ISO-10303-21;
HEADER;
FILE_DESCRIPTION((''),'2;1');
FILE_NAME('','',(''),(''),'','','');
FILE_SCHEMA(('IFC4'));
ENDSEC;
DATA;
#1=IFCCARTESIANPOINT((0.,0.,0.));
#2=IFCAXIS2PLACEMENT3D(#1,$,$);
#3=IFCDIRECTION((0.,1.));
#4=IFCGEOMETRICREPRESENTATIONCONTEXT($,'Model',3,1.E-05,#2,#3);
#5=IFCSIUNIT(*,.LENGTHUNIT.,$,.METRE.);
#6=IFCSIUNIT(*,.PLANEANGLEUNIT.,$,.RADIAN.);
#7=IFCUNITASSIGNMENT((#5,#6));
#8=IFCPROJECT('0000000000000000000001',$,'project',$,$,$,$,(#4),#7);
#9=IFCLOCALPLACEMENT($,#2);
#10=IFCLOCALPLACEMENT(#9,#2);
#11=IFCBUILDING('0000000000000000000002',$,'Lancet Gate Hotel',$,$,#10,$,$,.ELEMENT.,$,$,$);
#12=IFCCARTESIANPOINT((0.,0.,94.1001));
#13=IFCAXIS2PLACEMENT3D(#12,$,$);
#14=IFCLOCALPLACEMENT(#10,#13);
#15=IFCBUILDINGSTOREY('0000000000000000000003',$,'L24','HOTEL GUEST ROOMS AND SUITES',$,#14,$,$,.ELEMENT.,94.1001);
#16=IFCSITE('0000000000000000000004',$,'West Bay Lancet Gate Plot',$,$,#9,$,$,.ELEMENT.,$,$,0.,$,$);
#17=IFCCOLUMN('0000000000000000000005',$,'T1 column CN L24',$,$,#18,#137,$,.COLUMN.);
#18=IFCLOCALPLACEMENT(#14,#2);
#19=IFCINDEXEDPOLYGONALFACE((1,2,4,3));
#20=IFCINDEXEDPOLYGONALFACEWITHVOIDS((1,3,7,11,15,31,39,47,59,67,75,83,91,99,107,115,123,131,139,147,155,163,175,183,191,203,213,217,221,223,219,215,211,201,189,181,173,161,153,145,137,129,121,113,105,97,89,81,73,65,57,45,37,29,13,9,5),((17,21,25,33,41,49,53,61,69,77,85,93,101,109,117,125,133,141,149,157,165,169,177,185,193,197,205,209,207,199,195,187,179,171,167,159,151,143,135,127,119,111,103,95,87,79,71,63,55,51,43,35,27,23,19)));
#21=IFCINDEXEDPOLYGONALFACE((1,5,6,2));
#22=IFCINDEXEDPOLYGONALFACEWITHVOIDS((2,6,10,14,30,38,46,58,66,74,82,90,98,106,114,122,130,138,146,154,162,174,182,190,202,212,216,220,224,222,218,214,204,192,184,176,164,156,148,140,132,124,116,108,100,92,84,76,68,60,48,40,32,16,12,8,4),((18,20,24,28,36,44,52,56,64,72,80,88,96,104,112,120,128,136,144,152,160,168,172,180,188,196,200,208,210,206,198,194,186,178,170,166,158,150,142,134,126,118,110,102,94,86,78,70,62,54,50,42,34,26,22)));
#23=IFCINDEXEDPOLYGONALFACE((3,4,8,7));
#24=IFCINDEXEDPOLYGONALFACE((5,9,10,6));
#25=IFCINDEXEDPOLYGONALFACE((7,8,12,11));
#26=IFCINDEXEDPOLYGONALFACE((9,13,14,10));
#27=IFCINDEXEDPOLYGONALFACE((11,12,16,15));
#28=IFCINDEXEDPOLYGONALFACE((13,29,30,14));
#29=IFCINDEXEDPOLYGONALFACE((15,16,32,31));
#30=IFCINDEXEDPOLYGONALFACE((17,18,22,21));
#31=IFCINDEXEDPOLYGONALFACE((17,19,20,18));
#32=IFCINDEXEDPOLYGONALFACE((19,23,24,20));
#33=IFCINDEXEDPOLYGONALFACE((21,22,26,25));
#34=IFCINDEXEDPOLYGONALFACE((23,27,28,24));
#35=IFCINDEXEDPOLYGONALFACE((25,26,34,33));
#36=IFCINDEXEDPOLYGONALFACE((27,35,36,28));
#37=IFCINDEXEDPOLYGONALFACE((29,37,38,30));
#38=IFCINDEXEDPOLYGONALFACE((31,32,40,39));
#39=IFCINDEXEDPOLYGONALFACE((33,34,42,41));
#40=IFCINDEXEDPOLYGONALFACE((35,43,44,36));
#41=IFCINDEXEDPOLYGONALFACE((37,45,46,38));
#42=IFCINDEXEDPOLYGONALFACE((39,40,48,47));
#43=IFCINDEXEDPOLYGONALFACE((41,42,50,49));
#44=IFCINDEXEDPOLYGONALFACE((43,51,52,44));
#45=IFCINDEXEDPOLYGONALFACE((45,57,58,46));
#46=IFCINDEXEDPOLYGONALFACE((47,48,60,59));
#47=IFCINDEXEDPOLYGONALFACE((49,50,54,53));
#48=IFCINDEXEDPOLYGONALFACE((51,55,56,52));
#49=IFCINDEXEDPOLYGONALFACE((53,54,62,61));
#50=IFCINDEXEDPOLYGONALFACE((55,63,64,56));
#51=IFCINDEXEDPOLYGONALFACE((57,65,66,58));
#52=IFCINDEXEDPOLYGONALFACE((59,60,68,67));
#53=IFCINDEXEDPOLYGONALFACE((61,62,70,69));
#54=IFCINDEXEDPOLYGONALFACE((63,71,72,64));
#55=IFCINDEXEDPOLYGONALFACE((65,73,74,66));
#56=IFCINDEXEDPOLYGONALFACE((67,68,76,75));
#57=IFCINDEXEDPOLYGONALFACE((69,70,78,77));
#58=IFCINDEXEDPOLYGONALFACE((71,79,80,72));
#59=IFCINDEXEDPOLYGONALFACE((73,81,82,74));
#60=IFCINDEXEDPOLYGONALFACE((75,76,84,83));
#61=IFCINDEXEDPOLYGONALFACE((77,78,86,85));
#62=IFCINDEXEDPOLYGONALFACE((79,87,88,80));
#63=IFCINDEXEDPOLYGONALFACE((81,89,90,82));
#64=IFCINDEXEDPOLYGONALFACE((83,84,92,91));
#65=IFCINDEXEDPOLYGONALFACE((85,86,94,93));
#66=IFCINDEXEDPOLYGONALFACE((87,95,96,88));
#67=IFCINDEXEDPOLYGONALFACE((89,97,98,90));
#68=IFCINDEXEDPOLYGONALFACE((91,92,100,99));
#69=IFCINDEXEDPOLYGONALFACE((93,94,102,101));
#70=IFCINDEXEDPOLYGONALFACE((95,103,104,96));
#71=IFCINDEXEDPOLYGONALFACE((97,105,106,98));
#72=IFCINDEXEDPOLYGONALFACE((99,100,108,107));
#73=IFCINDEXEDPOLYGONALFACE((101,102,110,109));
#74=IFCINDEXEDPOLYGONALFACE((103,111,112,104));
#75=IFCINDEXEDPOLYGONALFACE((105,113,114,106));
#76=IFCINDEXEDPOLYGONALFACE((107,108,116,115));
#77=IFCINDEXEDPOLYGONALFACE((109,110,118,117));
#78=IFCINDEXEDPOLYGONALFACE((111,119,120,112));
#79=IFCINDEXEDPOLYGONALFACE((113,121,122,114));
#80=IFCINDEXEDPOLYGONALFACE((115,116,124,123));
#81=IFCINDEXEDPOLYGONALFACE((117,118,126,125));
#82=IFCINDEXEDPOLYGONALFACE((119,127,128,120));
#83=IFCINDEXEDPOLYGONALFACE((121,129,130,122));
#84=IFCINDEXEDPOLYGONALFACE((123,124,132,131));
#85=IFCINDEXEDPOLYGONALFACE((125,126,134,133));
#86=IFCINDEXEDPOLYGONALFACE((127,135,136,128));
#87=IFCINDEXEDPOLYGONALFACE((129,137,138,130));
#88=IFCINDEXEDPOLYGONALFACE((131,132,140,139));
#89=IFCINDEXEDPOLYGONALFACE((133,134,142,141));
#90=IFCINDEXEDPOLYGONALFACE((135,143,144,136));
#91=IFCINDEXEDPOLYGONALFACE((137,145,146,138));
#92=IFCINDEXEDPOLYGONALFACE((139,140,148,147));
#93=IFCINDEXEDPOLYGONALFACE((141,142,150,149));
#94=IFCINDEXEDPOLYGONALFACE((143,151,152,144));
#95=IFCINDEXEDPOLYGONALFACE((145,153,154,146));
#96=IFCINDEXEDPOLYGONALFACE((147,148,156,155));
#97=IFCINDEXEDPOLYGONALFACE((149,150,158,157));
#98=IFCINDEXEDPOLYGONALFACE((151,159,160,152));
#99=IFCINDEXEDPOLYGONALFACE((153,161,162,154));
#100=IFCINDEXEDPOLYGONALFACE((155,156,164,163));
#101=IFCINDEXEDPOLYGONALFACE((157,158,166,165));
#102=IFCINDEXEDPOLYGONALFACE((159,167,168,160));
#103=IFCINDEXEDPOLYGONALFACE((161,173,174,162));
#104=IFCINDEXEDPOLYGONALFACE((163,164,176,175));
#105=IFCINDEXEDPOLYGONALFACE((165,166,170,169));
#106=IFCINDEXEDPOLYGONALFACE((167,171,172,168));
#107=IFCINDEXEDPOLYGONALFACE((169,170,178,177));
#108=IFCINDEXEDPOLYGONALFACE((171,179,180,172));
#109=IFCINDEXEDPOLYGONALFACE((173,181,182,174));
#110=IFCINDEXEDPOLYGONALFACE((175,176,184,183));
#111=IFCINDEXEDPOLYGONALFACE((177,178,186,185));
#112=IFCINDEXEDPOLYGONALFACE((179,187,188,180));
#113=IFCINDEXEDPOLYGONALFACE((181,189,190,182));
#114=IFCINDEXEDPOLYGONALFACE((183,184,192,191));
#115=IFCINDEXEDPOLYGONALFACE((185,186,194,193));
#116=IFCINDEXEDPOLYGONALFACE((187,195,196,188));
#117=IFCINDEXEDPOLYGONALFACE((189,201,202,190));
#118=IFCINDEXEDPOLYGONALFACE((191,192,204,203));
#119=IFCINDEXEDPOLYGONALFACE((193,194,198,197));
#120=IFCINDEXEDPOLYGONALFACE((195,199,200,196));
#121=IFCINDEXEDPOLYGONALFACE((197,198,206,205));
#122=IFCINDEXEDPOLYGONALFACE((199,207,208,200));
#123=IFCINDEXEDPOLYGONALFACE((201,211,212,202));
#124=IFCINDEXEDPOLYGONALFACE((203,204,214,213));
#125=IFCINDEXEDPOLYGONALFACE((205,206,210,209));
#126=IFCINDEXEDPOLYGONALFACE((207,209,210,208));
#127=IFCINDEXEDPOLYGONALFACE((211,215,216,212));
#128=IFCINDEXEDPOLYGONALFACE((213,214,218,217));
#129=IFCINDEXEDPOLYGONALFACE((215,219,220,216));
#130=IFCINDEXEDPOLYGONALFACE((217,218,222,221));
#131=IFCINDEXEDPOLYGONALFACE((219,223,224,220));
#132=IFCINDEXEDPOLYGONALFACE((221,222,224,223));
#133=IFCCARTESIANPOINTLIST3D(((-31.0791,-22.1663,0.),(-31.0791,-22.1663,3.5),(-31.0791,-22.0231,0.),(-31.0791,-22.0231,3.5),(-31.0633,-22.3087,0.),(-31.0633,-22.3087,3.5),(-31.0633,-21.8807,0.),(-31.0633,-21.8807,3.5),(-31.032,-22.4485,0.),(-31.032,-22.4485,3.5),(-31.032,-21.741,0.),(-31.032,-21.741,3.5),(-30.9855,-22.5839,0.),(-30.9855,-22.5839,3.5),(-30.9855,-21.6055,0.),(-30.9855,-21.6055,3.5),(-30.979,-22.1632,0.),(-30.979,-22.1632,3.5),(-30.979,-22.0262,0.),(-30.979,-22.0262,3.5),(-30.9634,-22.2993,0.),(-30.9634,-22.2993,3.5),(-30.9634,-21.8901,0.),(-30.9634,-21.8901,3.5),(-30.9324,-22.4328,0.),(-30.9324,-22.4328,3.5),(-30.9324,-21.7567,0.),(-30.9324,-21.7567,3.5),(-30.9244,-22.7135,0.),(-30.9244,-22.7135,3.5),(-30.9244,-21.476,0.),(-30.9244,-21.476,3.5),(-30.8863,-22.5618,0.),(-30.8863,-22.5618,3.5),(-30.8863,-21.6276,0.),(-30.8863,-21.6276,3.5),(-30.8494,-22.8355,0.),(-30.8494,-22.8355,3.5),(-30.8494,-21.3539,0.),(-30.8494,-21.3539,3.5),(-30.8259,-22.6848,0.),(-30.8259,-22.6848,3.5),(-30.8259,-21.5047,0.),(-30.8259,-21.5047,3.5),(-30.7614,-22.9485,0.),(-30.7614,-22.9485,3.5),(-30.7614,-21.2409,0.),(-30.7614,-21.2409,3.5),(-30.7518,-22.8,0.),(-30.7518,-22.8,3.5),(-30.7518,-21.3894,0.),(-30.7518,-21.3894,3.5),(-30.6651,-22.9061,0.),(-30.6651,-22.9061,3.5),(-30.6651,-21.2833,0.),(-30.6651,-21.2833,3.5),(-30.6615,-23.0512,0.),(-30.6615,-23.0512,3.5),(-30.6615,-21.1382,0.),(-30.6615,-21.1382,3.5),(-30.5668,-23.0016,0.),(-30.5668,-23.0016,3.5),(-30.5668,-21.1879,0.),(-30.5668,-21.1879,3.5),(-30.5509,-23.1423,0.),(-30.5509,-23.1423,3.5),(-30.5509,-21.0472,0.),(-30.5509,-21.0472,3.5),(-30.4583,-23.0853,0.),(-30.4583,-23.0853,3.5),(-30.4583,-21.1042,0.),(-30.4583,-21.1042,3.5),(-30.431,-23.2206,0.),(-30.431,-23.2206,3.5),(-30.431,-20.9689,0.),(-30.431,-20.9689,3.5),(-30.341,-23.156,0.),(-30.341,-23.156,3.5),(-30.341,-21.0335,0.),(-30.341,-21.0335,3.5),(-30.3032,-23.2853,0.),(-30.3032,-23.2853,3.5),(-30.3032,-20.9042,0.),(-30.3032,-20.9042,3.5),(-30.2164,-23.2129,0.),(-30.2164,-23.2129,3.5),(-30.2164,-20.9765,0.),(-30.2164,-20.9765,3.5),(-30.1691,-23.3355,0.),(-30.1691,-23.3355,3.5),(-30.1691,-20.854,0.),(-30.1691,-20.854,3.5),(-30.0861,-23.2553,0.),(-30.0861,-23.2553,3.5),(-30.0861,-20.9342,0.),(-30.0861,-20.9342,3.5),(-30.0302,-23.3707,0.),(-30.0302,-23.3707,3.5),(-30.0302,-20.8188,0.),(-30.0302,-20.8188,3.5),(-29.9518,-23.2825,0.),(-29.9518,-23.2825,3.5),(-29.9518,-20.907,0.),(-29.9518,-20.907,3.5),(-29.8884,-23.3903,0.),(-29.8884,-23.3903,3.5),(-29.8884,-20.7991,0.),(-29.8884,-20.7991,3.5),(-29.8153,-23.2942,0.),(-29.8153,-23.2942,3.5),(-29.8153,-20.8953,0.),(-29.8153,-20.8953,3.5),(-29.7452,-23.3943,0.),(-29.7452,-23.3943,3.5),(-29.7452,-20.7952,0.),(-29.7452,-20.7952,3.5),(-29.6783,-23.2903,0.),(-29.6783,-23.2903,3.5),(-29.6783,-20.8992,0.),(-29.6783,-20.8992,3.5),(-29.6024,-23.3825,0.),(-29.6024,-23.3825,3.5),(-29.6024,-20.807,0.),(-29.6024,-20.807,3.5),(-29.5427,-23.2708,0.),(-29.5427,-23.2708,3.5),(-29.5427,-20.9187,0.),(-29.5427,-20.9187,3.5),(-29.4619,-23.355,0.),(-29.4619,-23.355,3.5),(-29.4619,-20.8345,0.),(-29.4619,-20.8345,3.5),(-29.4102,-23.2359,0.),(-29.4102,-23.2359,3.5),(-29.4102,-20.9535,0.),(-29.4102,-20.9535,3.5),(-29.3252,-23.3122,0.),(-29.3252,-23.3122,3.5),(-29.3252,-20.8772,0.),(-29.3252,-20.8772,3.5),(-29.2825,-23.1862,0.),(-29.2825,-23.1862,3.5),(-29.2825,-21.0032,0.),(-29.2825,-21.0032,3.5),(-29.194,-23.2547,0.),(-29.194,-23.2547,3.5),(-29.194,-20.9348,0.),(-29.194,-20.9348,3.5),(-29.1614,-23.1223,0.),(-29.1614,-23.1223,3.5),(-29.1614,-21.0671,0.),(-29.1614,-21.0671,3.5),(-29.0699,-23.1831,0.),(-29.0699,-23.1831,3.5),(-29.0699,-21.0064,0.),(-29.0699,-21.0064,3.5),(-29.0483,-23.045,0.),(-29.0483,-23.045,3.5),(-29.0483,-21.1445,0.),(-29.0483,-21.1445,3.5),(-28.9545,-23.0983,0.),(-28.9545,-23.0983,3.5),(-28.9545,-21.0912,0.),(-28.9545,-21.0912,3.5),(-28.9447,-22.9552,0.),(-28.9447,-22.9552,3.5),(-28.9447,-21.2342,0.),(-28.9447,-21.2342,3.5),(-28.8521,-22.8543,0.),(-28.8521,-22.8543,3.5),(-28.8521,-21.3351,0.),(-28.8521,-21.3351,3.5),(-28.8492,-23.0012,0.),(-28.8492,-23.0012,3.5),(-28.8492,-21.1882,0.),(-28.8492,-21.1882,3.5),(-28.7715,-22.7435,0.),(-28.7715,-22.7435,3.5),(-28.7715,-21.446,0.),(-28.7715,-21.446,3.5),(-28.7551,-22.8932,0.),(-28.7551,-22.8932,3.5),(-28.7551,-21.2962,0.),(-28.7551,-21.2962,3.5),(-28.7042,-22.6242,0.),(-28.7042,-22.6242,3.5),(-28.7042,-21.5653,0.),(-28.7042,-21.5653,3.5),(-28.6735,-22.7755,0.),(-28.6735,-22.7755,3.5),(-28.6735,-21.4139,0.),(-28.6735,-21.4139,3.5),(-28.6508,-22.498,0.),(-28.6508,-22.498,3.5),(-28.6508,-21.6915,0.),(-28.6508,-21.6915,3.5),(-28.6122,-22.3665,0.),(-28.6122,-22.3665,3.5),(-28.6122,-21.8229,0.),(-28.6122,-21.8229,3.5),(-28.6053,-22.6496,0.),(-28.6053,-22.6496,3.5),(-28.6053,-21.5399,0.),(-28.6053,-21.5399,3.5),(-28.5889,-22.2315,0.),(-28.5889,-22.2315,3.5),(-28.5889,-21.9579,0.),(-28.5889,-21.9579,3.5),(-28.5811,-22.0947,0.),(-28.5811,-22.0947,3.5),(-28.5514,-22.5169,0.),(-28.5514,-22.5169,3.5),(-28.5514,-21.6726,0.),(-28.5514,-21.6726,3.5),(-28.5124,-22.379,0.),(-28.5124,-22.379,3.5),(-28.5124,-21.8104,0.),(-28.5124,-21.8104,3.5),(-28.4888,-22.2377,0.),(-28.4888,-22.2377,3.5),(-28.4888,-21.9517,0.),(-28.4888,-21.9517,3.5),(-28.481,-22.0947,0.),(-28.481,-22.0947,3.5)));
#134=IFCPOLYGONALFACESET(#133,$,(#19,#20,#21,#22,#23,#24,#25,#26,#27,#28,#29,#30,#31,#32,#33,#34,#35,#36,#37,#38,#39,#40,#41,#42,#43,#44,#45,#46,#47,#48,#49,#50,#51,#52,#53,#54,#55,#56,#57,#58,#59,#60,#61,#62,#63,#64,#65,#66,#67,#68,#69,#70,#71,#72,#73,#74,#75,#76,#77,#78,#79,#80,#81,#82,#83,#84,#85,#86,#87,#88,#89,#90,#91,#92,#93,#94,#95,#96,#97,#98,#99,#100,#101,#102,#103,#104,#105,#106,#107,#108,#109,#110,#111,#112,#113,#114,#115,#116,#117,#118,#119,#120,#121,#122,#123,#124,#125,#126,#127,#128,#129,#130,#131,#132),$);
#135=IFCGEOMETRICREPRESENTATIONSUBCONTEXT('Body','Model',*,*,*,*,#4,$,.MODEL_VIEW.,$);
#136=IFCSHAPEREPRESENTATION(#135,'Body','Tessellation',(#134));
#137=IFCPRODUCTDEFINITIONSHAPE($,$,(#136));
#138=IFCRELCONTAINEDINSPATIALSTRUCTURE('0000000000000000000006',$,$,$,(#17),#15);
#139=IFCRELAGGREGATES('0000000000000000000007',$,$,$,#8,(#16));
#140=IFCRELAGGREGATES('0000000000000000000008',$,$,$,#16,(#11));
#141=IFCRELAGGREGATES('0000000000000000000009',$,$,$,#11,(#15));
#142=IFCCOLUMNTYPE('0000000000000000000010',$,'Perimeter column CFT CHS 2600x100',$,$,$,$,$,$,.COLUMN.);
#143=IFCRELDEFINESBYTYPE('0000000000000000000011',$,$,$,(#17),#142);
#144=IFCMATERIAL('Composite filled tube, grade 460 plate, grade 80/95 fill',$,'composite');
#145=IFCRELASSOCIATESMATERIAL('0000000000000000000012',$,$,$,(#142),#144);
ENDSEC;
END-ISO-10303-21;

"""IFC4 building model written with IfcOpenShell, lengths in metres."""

from ifc_helpers import new_model, si_unit, direction, frame, origin, origin_2d, place, context, subcontext, project, spatial, hollow_circle, extrude, material, material_profile, profile_set, type_object, element, save


model = new_model("IFC4")

# Units and contexts
model_context = context("Model", 3, precision=1e-05, world=origin(), true_north=direction((0.0, 1.0)))
body_context = subcontext(model_context, "Body", "Model", "MODEL_VIEW")
ifc_project = project(units=[si_unit("LENGTHUNIT", "METRE"), si_unit("PLANEANGLEUNIT", "RADIAN")], contexts=[model_context])

# Site, building, storey
site_placement = place(None, origin())
site = spatial("IfcSite", under=ifc_project, at=site_placement, Name="West Bay Lancet Gate Plot", CompositionType="ELEMENT", RefElevation=0.0)
building_placement = place(site_placement, origin())
building = spatial("IfcBuilding", under=site, at=building_placement, Name="Lancet Gate Hotel", CompositionType="ELEMENT")
storey_placement = place(building_placement, frame((0.0, 0.0, 94.1001)))
storey = spatial("IfcBuildingStorey", under=building, at=storey_placement, Name="L24", Description="HOTEL GUEST ROOMS AND SUITES", CompositionType="ELEMENT", Elevation=94.1001)

# Column
ifc_material_1 = material(Name="Composite filled tube, grade 460 plate, grade 80/95 fill", Category="composite")
ifc_material_profile_1 = material_profile(ifc_material_1, hollow_circle(Radius=1.3, WallThickness=0.1001, at=origin_2d()), Name="CHS 2600x100")
ifc_profile_set_1 = profile_set([ifc_material_profile_1], Name="Composite filled tube, grade 460 plate, grade 80/95 fill")
column_type = type_object("IfcColumnType", Name="Perimeter column CFT CHS 2600x100", PredefinedType="COLUMN", material=ifc_profile_set_1)
for number, where, z_axis, x_axis, name in (
    (1, (-29.781, -22.0947, 0.0), (0.0, 0.0, 1.0), (1.0, 0.0, 0.0), "T1 column CN L24"),
):
    element("IfcColumn", number, at=place(storey_placement, frame(where, z_axis=z_axis, x_axis=x_axis)), inside=storey, type_object=column_type, Name=name, PredefinedType="COLUMN", context=body_context, shape_type="SweptSolid", body=[
        extrude(hollow_circle(Radius=1.3, WallThickness=0.1001, at=origin_2d()), origin(), (0.0, 0.0, 1.0), 3.5),
    ])

save(model, "model.ifc")
